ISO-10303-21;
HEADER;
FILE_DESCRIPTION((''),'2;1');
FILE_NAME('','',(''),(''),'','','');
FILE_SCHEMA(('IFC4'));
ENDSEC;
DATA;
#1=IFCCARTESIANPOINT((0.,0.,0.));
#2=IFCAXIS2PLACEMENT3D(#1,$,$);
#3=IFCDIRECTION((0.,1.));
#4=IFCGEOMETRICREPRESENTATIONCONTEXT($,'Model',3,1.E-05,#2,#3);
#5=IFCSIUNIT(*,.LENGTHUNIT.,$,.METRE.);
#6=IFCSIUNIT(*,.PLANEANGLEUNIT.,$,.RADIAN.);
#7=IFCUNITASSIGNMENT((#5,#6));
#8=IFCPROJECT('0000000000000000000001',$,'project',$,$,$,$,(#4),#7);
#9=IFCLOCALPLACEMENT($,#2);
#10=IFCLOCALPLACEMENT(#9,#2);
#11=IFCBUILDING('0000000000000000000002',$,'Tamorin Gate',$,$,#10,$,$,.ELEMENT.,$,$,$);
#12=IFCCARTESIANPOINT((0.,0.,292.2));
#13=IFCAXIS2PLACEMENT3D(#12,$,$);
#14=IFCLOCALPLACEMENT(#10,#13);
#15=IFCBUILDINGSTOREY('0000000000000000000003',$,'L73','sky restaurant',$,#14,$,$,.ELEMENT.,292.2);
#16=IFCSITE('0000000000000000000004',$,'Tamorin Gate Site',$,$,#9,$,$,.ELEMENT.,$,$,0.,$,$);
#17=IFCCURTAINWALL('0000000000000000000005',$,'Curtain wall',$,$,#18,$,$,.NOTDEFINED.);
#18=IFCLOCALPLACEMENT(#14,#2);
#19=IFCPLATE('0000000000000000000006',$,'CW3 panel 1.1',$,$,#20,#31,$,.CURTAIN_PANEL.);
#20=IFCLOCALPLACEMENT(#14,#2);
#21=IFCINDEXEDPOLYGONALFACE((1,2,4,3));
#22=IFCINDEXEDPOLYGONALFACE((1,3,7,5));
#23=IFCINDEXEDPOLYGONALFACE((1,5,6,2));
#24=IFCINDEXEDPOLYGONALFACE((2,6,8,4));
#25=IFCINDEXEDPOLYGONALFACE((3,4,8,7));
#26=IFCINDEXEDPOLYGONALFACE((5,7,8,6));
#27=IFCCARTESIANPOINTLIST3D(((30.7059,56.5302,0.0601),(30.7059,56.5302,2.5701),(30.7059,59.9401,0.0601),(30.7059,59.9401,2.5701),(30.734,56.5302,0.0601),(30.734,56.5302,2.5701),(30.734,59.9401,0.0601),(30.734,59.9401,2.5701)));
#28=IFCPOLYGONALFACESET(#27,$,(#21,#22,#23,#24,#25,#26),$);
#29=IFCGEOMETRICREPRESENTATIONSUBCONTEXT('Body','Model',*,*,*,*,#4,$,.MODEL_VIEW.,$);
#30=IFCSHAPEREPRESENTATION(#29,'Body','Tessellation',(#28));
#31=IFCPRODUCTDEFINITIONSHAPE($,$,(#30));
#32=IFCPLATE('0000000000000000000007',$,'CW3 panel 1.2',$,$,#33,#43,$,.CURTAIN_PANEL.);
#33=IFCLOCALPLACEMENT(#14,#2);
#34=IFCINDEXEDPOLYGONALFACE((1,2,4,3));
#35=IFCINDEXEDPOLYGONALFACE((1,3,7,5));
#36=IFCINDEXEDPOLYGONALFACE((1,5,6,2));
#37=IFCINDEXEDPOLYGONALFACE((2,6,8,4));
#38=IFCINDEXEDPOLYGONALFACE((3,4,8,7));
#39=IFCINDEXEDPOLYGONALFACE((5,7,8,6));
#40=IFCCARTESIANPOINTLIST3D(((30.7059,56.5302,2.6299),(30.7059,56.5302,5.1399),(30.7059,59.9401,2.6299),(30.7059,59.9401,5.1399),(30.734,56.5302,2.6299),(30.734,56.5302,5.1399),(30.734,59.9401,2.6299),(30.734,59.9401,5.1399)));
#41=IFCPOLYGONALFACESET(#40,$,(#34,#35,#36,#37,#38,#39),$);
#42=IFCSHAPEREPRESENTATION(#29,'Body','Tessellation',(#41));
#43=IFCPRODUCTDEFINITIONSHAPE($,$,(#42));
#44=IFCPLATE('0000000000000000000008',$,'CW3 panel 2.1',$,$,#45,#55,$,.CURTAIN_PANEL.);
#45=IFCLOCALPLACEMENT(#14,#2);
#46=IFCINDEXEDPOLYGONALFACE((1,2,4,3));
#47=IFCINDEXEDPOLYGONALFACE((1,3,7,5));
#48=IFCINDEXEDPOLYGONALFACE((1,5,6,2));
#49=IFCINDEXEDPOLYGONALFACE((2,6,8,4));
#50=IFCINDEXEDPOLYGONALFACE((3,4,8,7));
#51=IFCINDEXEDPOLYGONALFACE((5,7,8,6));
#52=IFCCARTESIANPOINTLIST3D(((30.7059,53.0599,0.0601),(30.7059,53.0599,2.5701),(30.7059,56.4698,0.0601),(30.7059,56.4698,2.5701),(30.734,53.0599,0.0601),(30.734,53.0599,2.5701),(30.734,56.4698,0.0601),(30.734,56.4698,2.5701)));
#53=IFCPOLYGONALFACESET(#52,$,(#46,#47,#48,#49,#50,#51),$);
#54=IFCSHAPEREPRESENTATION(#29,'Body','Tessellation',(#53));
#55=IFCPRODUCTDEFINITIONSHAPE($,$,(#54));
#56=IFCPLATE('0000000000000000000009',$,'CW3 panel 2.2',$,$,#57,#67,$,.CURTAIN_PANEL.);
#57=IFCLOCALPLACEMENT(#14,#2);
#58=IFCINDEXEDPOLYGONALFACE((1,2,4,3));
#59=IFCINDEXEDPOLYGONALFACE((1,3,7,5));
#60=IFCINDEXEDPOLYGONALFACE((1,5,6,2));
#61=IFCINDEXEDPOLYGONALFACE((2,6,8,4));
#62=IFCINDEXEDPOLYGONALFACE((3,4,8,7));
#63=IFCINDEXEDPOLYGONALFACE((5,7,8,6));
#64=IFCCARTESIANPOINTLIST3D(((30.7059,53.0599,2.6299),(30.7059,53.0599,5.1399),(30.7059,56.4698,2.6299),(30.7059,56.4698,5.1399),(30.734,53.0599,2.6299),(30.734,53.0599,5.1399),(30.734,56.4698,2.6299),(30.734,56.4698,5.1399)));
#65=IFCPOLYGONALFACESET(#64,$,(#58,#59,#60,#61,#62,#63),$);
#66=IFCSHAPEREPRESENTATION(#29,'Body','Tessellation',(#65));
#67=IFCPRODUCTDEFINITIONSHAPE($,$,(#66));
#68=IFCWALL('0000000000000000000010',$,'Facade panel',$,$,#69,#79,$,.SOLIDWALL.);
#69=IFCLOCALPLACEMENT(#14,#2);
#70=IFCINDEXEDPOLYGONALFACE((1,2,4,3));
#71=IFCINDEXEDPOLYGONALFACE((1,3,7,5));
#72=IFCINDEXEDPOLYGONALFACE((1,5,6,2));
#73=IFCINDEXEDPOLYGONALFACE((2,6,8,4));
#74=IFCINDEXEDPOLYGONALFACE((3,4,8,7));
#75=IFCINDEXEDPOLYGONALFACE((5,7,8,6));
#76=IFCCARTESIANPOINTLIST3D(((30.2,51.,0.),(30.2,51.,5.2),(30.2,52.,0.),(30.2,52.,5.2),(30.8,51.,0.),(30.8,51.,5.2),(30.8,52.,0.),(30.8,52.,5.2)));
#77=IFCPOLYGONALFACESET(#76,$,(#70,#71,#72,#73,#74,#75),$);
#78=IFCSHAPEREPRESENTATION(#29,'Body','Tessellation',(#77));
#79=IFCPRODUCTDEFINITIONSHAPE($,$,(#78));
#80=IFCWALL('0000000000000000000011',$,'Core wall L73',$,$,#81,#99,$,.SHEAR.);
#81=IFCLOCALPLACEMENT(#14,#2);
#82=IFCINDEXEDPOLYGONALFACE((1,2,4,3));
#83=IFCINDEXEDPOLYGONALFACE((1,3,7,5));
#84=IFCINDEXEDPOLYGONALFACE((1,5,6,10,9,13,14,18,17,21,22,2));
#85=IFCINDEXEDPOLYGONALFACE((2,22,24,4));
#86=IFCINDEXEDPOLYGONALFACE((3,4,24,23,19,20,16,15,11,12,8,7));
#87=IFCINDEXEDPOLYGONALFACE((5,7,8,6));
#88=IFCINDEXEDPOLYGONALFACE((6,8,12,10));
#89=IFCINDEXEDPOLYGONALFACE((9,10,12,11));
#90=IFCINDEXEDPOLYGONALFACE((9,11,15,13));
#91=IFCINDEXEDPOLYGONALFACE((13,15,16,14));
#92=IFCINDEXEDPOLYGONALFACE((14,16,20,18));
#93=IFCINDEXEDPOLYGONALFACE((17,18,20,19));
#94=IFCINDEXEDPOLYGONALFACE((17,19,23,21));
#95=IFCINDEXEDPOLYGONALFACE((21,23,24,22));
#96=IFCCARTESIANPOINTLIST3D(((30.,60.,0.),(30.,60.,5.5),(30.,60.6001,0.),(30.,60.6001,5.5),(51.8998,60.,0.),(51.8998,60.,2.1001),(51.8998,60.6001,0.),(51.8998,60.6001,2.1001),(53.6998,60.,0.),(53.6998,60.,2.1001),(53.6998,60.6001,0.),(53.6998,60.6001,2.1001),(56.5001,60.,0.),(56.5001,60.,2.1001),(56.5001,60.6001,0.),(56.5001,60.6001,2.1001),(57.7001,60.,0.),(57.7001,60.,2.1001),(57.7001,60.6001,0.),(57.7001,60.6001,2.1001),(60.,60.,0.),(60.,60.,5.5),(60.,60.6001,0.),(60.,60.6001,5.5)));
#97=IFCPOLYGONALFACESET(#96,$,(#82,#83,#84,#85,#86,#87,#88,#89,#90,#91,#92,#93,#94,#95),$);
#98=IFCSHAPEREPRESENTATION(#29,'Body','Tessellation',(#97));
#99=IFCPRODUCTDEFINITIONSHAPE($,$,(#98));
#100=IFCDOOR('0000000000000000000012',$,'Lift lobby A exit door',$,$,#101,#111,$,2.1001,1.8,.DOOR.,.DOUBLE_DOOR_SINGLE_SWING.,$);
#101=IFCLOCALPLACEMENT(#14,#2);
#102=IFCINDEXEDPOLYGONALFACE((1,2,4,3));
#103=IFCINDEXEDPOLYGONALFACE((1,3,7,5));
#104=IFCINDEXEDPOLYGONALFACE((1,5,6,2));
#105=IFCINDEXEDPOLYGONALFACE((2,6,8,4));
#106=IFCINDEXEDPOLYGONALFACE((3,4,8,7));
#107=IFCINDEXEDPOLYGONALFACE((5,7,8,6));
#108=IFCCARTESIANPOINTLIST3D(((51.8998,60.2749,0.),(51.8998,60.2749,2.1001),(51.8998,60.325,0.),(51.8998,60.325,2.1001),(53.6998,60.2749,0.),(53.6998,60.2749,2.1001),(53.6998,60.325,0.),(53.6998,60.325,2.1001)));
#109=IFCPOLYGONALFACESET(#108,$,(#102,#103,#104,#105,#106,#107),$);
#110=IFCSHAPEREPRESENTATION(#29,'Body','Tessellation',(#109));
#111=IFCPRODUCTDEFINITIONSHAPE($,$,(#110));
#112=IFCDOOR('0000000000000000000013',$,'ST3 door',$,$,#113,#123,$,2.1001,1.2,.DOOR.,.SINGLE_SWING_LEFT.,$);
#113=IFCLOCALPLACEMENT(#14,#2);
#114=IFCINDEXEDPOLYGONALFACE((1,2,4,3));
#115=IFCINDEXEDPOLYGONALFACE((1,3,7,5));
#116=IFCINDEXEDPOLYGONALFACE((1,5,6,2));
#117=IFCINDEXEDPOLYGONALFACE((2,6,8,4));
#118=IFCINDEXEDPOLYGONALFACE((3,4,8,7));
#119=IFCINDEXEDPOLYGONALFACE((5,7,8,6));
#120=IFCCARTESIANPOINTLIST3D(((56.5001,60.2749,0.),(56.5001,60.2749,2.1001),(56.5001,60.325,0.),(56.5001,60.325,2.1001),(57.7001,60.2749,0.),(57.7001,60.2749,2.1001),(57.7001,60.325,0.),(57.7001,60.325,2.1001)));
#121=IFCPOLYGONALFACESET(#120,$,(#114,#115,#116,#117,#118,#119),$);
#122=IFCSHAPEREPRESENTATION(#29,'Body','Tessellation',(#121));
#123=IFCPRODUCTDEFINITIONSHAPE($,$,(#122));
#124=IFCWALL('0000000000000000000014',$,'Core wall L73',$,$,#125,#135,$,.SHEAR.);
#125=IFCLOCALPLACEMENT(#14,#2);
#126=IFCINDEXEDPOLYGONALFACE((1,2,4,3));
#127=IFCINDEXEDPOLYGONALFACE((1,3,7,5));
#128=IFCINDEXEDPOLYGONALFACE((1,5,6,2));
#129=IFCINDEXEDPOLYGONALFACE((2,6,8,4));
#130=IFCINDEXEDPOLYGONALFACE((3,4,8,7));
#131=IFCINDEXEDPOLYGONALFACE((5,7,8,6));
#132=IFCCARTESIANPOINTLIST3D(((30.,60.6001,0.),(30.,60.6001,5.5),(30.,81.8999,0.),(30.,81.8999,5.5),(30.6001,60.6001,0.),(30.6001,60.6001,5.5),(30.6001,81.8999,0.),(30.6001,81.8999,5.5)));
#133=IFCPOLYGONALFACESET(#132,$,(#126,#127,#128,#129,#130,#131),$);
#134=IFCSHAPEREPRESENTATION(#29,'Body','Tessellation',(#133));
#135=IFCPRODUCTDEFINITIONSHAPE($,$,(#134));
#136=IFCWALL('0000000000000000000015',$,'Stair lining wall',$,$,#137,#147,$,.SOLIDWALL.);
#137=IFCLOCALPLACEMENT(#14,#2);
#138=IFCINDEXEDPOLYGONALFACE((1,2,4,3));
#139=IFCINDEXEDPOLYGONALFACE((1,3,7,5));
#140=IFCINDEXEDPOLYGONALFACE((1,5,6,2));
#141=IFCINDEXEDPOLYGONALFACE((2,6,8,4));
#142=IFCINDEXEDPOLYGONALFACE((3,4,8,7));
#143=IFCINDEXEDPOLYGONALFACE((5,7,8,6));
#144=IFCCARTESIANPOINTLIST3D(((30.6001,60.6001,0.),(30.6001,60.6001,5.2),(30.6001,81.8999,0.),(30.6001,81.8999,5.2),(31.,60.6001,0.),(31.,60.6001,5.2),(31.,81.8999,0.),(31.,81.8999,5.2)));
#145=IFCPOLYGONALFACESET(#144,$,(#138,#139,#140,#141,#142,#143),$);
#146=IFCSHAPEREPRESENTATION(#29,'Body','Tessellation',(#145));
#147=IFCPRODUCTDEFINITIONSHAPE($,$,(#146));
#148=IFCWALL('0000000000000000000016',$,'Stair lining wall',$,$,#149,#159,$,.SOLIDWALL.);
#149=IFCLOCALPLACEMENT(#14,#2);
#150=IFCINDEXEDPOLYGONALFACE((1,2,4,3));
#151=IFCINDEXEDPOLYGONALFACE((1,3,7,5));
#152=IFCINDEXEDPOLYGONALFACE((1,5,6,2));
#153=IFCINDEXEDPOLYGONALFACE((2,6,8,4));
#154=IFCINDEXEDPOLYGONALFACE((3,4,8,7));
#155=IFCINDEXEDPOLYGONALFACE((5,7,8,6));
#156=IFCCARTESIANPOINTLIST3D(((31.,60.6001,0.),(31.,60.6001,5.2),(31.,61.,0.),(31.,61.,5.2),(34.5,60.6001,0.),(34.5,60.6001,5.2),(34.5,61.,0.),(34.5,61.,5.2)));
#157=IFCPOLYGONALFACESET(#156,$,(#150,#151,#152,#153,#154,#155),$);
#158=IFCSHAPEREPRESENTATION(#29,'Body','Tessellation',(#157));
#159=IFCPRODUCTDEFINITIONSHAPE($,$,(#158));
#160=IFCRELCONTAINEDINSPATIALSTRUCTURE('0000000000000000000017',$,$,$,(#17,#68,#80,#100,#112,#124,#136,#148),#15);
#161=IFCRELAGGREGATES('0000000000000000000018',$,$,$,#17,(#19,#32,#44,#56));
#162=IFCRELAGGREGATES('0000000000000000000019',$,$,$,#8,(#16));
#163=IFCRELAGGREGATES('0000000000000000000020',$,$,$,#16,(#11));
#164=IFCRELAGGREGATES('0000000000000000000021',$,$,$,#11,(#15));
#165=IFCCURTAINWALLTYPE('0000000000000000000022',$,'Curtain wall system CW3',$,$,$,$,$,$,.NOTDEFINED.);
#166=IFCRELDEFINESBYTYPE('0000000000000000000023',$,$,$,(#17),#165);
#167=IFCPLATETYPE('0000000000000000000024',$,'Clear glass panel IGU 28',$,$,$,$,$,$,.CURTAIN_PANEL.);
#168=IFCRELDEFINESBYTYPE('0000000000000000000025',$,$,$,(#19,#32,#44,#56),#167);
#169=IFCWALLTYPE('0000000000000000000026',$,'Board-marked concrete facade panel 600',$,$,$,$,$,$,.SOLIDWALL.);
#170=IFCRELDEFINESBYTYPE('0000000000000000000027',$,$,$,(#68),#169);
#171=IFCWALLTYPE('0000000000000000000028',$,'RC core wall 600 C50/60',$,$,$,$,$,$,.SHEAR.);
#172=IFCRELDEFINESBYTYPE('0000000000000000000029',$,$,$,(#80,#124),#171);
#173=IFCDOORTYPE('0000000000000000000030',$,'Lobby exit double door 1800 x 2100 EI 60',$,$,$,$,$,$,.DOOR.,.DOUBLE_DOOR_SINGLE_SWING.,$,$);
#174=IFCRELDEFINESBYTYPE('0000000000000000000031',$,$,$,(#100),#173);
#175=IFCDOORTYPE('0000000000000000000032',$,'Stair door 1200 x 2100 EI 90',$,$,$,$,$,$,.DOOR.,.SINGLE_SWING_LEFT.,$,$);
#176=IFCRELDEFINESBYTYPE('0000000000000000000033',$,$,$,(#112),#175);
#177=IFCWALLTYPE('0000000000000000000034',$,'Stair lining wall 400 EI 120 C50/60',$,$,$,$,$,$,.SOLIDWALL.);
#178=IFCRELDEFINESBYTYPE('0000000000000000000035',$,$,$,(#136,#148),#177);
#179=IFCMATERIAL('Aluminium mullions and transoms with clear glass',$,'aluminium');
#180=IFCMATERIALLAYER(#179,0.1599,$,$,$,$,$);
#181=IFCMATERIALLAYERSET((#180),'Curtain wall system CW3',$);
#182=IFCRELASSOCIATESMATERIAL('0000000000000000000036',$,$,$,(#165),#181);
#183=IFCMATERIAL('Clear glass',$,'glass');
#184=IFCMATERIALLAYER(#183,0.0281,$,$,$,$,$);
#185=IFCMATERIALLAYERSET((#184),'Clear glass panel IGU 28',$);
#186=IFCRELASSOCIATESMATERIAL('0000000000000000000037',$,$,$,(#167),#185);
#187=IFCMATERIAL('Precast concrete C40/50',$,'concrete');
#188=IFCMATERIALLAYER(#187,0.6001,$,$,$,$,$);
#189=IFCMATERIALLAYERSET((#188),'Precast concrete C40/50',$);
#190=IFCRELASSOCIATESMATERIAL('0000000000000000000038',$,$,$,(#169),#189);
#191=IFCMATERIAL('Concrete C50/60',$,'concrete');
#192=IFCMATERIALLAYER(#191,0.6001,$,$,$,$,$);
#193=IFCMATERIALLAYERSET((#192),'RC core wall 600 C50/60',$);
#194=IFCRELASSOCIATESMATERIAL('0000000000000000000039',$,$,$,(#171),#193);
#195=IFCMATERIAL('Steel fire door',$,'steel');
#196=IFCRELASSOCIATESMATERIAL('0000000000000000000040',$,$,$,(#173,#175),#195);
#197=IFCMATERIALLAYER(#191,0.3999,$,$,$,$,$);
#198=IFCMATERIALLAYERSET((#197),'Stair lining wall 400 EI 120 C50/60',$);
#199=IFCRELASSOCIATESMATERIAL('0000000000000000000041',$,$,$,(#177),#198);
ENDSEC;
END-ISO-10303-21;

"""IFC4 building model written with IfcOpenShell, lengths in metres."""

from ifc_helpers import new_model, si_unit, direction, frame, frame_2d, origin, origin_2d, place, context, subcontext, project, spatial, rectangle, extrude, material, layer, layer_set, type_object, element, fill, aggregate, save


model = new_model("IFC4")

# Units and contexts
model_context = context("Model", 3, precision=1e-05, world=origin(), true_north=direction((0.0, 1.0)))
body_context = subcontext(model_context, "Body", "Model", "MODEL_VIEW")
ifc_project = project(units=[si_unit("LENGTHUNIT", "METRE"), si_unit("PLANEANGLEUNIT", "RADIAN")], contexts=[model_context])

# Site, building, storey
site_placement = place(None, origin())
site = spatial("IfcSite", under=ifc_project, at=site_placement, Name="Tamorin Gate Site", CompositionType="ELEMENT", RefElevation=0.0)
building_placement = place(site_placement, origin())
building = spatial("IfcBuilding", under=site, at=building_placement, Name="Tamorin Gate", CompositionType="ELEMENT")
storey_placement = place(building_placement, frame((0.0, 0.0, 292.2)))
storey = spatial("IfcBuildingStorey", under=building, at=storey_placement, Name="L73", Description="sky restaurant", CompositionType="ELEMENT", Elevation=292.2)

# Shared definitions
ifc_material_1 = material(Name="Concrete C50/60", Category="concrete")

# Curtain wall
ifc_material_2 = material(Name="Aluminium mullions and transoms with clear glass", Category="aluminium")
ifc_layer_1 = layer(ifc_material_2, 0.1599)
ifc_layer_set_1 = layer_set([ifc_layer_1], Name="Curtain wall system CW3")
curtain_wall_type = type_object("IfcCurtainWallType", Name="Curtain wall system CW3", PredefinedType="NOTDEFINED", material=ifc_layer_set_1)
curtain_wall_1_placement = place(storey_placement, origin())
curtain_wall_1 = element("IfcCurtainWall", 1, at=curtain_wall_1_placement, inside=storey, type_object=curtain_wall_type, Name="Curtain wall", PredefinedType="NOTDEFINED")

# Plates
ifc_material_3 = material(Name="Clear glass", Category="glass")
ifc_layer_2 = layer(ifc_material_3, 0.0281)
ifc_layer_set_2 = layer_set([ifc_layer_2], Name="Clear glass panel IGU 28")
plate_type = type_object("IfcPlateType", Name="Clear glass panel IGU 28", PredefinedType="CURTAIN_PANEL", material=ifc_layer_set_2)
plate_1_placement = place(storey_placement, frame((30.72, 58.2351, 0.0601), z_axis=(0.0, 0.0, 1.0), x_axis=(0.0, -1.0, 0.0)))
plate_1 = element("IfcPlate", 2, at=plate_1_placement, type_object=plate_type, Name="CW3 panel 1.1", PredefinedType="CURTAIN_PANEL", context=body_context, shape_type="SweptSolid", body=[
    extrude(rectangle(XDim=3.4099, YDim=0.0281, at=origin_2d()), origin(), (0.0, 0.0, 1.0), 2.51),
])
plate_2_placement = place(storey_placement, frame((30.72, 58.2351, 2.6299), z_axis=(0.0, 0.0, 1.0), x_axis=(0.0, -1.0, 0.0)))
plate_2 = element("IfcPlate", 3, at=plate_2_placement, type_object=plate_type, Name="CW3 panel 1.2", PredefinedType="CURTAIN_PANEL", context=body_context, shape_type="SweptSolid", body=[
    extrude(rectangle(XDim=3.4099, YDim=0.0281, at=origin_2d()), origin(), (0.0, 0.0, 1.0), 2.51),
])
plate_3_placement = place(storey_placement, frame((30.72, 54.7649, 0.0601), z_axis=(0.0, 0.0, 1.0), x_axis=(0.0, -1.0, 0.0)))
plate_3 = element("IfcPlate", 4, at=plate_3_placement, type_object=plate_type, Name="CW3 panel 2.1", PredefinedType="CURTAIN_PANEL", context=body_context, shape_type="SweptSolid", body=[
    extrude(rectangle(XDim=3.4099, YDim=0.0281, at=origin_2d()), origin(), (0.0, 0.0, 1.0), 2.51),
])
plate_4_placement = place(storey_placement, frame((30.72, 54.7649, 2.6299), z_axis=(0.0, 0.0, 1.0), x_axis=(0.0, -1.0, 0.0)))
plate_4 = element("IfcPlate", 5, at=plate_4_placement, type_object=plate_type, Name="CW3 panel 2.2", PredefinedType="CURTAIN_PANEL", context=body_context, shape_type="SweptSolid", body=[
    extrude(rectangle(XDim=3.4099, YDim=0.0281, at=origin_2d()), origin(), (0.0, 0.0, 1.0), 2.51),
])
aggregate(curtain_wall_1, [plate_1, plate_2, plate_3, plate_4])

# Wall
ifc_material_4 = material(Name="Precast concrete C40/50", Category="concrete")
ifc_layer_3 = layer(ifc_material_4, 0.6001)
ifc_layer_set_3 = layer_set([ifc_layer_3], Name="Precast concrete C40/50")
wall_type_1 = type_object("IfcWallType", Name="Board-marked concrete facade panel 600", PredefinedType="SOLIDWALL", material=ifc_layer_set_3)
wall_1_placement = place(storey_placement, frame((30.5, 52.0, 0.0), z_axis=(0.0, 0.0, 1.0), x_axis=(0.0, -1.0, 0.0)))
element("IfcWall", 6, at=wall_1_placement, inside=storey, type_object=wall_type_1, Name="Facade panel", PredefinedType="SOLIDWALL", context=body_context, shape_type="SweptSolid", body=[
    extrude(rectangle(XDim=1.0, YDim=0.6001, at=frame_2d((0.5, 0.0))), origin(), (0.0, 0.0, 1.0), 5.2),
])

# Wall, openings, doors
ifc_layer_4 = layer(ifc_material_1, 0.6001)
ifc_layer_set_4 = layer_set([ifc_layer_4], Name="RC core wall 600 C50/60")
wall_type_2 = type_object("IfcWallType", Name="RC core wall 600 C50/60", PredefinedType="SHEAR", material=ifc_layer_set_4)
wall_2_placement = place(storey_placement, frame((30.0, 60.3, 0.0), z_axis=(0.0, 0.0, 1.0), x_axis=(1.0, 0.0, 0.0)))
wall_2 = element("IfcWall", 7, at=wall_2_placement, inside=storey, type_object=wall_type_2, Name="Core wall L73", PredefinedType="SHEAR", context=body_context, shape_type="SweptSolid", body=[
    extrude(rectangle(XDim=30.0, YDim=0.6001, at=frame_2d((15.0, 0.0))), origin(), (0.0, 0.0, 1.0), 5.5),
])
opening_1_placement = place(wall_2_placement, frame((21.8999, 0.0, 0.0)))
opening_1 = element("IfcOpeningElement", 8, at=opening_1_placement, cuts=wall_2, PredefinedType="OPENING", context=body_context, shape_type="SweptSolid", body=[
    extrude(rectangle(XDim=1.8, YDim=2.1001, at=frame_2d((0.8999, 1.05))), frame((0.0, 0.3101, 0.0), z_axis=(0.0, -1.0, 0.0), x_axis=(1.0, 0.0, 0.0)), (0.0, 0.0, 1.0), 0.6201),
])
opening_2_placement = place(wall_2_placement, frame((26.5, 0.0, 0.0)))
opening_2 = element("IfcOpeningElement", 9, at=opening_2_placement, cuts=wall_2, PredefinedType="OPENING", context=body_context, shape_type="SweptSolid", body=[
    extrude(rectangle(XDim=1.2, YDim=2.1001, at=frame_2d((0.6001, 1.05))), frame((0.0, 0.3101, 0.0), z_axis=(0.0, -1.0, 0.0), x_axis=(1.0, 0.0, 0.0)), (0.0, 0.0, 1.0), 0.6201),
])
ifc_material_5 = material(Name="Steel fire door", Category="steel")
door_type_1 = type_object("IfcDoorType", Name="Lobby exit double door 1800 x 2100 EI 60", OperationType="DOUBLE_DOOR_SINGLE_SWING", PredefinedType="DOOR", material=ifc_material_5)
door_1_placement = place(opening_1_placement, origin())
door_1 = element("IfcDoor", 10, at=door_1_placement, inside=storey, type_object=door_type_1, Name="Lift lobby A exit door", OperationType="DOUBLE_DOOR_SINGLE_SWING", OverallHeight=2.1001, OverallWidth=1.8, PredefinedType="DOOR", context=body_context, shape_type="SweptSolid", body=[
    extrude(rectangle(XDim=1.8, YDim=2.1001, at=frame_2d((0.8999, 1.05))), frame((0.0, 0.0249, 0.0), z_axis=(0.0, -1.0, 0.0), x_axis=(1.0, 0.0, 0.0)), (0.0, 0.0, 1.0), 0.05),
])
fill(opening_1, door_1)
door_type_2 = type_object("IfcDoorType", Name="Stair door 1200 x 2100 EI 90", OperationType="SINGLE_SWING_LEFT", PredefinedType="DOOR", material=ifc_material_5)
door_2_placement = place(opening_2_placement, origin())
door_2 = element("IfcDoor", 11, at=door_2_placement, inside=storey, type_object=door_type_2, Name="ST3 door", OperationType="SINGLE_SWING_LEFT", OverallHeight=2.1001, OverallWidth=1.2, PredefinedType="DOOR", context=body_context, shape_type="SweptSolid", body=[
    extrude(rectangle(XDim=1.2, YDim=2.1001, at=frame_2d((0.6001, 1.05))), frame((0.0, 0.0249, 0.0), z_axis=(0.0, -1.0, 0.0), x_axis=(1.0, 0.0, 0.0)), (0.0, 0.0, 1.0), 0.05),
])
fill(opening_2, door_2)

# Walls
wall_3_placement = place(storey_placement, frame((30.3, 60.6001, 0.0), z_axis=(0.0, 0.0, 1.0), x_axis=(0.0, 1.0, 0.0)))
element("IfcWall", 12, at=wall_3_placement, inside=storey, type_object=wall_type_2, Name="Core wall L73", PredefinedType="SHEAR", context=body_context, shape_type="SweptSolid", body=[
    extrude(rectangle(XDim=21.2998, YDim=0.6001, at=frame_2d((10.6499, 0.0))), origin(), (0.0, 0.0, 1.0), 5.5),
])
ifc_layer_5 = layer(ifc_material_1, 0.3999)
ifc_layer_set_5 = layer_set([ifc_layer_5], Name="Stair lining wall 400 EI 120 C50/60")
wall_type_3 = type_object("IfcWallType", Name="Stair lining wall 400 EI 120 C50/60", PredefinedType="SOLIDWALL", material=ifc_layer_set_5)
wall_4_placement = place(storey_placement, frame((30.8, 60.6001, 0.0), z_axis=(0.0, 0.0, 1.0), x_axis=(0.0, 1.0, 0.0)))
element("IfcWall", 13, at=wall_4_placement, inside=storey, type_object=wall_type_3, Name="Stair lining wall", PredefinedType="SOLIDWALL", context=body_context, shape_type="SweptSolid", body=[
    extrude(rectangle(XDim=21.2998, YDim=0.3999, at=frame_2d((10.6499, 0.0))), origin(), (0.0, 0.0, 1.0), 5.2),
])
wall_5_placement = place(storey_placement, frame((31.0, 60.8, 0.0), z_axis=(0.0, 0.0, 1.0), x_axis=(1.0, 0.0, 0.0)))
element("IfcWall", 14, at=wall_5_placement, inside=storey, type_object=wall_type_3, Name="Stair lining wall", PredefinedType="SOLIDWALL", context=body_context, shape_type="SweptSolid", body=[
    extrude(rectangle(XDim=3.5, YDim=0.3999, at=frame_2d((1.75, 0.0))), origin(), (0.0, 0.0, 1.0), 5.2),
])

save(model, "model.ifc")
